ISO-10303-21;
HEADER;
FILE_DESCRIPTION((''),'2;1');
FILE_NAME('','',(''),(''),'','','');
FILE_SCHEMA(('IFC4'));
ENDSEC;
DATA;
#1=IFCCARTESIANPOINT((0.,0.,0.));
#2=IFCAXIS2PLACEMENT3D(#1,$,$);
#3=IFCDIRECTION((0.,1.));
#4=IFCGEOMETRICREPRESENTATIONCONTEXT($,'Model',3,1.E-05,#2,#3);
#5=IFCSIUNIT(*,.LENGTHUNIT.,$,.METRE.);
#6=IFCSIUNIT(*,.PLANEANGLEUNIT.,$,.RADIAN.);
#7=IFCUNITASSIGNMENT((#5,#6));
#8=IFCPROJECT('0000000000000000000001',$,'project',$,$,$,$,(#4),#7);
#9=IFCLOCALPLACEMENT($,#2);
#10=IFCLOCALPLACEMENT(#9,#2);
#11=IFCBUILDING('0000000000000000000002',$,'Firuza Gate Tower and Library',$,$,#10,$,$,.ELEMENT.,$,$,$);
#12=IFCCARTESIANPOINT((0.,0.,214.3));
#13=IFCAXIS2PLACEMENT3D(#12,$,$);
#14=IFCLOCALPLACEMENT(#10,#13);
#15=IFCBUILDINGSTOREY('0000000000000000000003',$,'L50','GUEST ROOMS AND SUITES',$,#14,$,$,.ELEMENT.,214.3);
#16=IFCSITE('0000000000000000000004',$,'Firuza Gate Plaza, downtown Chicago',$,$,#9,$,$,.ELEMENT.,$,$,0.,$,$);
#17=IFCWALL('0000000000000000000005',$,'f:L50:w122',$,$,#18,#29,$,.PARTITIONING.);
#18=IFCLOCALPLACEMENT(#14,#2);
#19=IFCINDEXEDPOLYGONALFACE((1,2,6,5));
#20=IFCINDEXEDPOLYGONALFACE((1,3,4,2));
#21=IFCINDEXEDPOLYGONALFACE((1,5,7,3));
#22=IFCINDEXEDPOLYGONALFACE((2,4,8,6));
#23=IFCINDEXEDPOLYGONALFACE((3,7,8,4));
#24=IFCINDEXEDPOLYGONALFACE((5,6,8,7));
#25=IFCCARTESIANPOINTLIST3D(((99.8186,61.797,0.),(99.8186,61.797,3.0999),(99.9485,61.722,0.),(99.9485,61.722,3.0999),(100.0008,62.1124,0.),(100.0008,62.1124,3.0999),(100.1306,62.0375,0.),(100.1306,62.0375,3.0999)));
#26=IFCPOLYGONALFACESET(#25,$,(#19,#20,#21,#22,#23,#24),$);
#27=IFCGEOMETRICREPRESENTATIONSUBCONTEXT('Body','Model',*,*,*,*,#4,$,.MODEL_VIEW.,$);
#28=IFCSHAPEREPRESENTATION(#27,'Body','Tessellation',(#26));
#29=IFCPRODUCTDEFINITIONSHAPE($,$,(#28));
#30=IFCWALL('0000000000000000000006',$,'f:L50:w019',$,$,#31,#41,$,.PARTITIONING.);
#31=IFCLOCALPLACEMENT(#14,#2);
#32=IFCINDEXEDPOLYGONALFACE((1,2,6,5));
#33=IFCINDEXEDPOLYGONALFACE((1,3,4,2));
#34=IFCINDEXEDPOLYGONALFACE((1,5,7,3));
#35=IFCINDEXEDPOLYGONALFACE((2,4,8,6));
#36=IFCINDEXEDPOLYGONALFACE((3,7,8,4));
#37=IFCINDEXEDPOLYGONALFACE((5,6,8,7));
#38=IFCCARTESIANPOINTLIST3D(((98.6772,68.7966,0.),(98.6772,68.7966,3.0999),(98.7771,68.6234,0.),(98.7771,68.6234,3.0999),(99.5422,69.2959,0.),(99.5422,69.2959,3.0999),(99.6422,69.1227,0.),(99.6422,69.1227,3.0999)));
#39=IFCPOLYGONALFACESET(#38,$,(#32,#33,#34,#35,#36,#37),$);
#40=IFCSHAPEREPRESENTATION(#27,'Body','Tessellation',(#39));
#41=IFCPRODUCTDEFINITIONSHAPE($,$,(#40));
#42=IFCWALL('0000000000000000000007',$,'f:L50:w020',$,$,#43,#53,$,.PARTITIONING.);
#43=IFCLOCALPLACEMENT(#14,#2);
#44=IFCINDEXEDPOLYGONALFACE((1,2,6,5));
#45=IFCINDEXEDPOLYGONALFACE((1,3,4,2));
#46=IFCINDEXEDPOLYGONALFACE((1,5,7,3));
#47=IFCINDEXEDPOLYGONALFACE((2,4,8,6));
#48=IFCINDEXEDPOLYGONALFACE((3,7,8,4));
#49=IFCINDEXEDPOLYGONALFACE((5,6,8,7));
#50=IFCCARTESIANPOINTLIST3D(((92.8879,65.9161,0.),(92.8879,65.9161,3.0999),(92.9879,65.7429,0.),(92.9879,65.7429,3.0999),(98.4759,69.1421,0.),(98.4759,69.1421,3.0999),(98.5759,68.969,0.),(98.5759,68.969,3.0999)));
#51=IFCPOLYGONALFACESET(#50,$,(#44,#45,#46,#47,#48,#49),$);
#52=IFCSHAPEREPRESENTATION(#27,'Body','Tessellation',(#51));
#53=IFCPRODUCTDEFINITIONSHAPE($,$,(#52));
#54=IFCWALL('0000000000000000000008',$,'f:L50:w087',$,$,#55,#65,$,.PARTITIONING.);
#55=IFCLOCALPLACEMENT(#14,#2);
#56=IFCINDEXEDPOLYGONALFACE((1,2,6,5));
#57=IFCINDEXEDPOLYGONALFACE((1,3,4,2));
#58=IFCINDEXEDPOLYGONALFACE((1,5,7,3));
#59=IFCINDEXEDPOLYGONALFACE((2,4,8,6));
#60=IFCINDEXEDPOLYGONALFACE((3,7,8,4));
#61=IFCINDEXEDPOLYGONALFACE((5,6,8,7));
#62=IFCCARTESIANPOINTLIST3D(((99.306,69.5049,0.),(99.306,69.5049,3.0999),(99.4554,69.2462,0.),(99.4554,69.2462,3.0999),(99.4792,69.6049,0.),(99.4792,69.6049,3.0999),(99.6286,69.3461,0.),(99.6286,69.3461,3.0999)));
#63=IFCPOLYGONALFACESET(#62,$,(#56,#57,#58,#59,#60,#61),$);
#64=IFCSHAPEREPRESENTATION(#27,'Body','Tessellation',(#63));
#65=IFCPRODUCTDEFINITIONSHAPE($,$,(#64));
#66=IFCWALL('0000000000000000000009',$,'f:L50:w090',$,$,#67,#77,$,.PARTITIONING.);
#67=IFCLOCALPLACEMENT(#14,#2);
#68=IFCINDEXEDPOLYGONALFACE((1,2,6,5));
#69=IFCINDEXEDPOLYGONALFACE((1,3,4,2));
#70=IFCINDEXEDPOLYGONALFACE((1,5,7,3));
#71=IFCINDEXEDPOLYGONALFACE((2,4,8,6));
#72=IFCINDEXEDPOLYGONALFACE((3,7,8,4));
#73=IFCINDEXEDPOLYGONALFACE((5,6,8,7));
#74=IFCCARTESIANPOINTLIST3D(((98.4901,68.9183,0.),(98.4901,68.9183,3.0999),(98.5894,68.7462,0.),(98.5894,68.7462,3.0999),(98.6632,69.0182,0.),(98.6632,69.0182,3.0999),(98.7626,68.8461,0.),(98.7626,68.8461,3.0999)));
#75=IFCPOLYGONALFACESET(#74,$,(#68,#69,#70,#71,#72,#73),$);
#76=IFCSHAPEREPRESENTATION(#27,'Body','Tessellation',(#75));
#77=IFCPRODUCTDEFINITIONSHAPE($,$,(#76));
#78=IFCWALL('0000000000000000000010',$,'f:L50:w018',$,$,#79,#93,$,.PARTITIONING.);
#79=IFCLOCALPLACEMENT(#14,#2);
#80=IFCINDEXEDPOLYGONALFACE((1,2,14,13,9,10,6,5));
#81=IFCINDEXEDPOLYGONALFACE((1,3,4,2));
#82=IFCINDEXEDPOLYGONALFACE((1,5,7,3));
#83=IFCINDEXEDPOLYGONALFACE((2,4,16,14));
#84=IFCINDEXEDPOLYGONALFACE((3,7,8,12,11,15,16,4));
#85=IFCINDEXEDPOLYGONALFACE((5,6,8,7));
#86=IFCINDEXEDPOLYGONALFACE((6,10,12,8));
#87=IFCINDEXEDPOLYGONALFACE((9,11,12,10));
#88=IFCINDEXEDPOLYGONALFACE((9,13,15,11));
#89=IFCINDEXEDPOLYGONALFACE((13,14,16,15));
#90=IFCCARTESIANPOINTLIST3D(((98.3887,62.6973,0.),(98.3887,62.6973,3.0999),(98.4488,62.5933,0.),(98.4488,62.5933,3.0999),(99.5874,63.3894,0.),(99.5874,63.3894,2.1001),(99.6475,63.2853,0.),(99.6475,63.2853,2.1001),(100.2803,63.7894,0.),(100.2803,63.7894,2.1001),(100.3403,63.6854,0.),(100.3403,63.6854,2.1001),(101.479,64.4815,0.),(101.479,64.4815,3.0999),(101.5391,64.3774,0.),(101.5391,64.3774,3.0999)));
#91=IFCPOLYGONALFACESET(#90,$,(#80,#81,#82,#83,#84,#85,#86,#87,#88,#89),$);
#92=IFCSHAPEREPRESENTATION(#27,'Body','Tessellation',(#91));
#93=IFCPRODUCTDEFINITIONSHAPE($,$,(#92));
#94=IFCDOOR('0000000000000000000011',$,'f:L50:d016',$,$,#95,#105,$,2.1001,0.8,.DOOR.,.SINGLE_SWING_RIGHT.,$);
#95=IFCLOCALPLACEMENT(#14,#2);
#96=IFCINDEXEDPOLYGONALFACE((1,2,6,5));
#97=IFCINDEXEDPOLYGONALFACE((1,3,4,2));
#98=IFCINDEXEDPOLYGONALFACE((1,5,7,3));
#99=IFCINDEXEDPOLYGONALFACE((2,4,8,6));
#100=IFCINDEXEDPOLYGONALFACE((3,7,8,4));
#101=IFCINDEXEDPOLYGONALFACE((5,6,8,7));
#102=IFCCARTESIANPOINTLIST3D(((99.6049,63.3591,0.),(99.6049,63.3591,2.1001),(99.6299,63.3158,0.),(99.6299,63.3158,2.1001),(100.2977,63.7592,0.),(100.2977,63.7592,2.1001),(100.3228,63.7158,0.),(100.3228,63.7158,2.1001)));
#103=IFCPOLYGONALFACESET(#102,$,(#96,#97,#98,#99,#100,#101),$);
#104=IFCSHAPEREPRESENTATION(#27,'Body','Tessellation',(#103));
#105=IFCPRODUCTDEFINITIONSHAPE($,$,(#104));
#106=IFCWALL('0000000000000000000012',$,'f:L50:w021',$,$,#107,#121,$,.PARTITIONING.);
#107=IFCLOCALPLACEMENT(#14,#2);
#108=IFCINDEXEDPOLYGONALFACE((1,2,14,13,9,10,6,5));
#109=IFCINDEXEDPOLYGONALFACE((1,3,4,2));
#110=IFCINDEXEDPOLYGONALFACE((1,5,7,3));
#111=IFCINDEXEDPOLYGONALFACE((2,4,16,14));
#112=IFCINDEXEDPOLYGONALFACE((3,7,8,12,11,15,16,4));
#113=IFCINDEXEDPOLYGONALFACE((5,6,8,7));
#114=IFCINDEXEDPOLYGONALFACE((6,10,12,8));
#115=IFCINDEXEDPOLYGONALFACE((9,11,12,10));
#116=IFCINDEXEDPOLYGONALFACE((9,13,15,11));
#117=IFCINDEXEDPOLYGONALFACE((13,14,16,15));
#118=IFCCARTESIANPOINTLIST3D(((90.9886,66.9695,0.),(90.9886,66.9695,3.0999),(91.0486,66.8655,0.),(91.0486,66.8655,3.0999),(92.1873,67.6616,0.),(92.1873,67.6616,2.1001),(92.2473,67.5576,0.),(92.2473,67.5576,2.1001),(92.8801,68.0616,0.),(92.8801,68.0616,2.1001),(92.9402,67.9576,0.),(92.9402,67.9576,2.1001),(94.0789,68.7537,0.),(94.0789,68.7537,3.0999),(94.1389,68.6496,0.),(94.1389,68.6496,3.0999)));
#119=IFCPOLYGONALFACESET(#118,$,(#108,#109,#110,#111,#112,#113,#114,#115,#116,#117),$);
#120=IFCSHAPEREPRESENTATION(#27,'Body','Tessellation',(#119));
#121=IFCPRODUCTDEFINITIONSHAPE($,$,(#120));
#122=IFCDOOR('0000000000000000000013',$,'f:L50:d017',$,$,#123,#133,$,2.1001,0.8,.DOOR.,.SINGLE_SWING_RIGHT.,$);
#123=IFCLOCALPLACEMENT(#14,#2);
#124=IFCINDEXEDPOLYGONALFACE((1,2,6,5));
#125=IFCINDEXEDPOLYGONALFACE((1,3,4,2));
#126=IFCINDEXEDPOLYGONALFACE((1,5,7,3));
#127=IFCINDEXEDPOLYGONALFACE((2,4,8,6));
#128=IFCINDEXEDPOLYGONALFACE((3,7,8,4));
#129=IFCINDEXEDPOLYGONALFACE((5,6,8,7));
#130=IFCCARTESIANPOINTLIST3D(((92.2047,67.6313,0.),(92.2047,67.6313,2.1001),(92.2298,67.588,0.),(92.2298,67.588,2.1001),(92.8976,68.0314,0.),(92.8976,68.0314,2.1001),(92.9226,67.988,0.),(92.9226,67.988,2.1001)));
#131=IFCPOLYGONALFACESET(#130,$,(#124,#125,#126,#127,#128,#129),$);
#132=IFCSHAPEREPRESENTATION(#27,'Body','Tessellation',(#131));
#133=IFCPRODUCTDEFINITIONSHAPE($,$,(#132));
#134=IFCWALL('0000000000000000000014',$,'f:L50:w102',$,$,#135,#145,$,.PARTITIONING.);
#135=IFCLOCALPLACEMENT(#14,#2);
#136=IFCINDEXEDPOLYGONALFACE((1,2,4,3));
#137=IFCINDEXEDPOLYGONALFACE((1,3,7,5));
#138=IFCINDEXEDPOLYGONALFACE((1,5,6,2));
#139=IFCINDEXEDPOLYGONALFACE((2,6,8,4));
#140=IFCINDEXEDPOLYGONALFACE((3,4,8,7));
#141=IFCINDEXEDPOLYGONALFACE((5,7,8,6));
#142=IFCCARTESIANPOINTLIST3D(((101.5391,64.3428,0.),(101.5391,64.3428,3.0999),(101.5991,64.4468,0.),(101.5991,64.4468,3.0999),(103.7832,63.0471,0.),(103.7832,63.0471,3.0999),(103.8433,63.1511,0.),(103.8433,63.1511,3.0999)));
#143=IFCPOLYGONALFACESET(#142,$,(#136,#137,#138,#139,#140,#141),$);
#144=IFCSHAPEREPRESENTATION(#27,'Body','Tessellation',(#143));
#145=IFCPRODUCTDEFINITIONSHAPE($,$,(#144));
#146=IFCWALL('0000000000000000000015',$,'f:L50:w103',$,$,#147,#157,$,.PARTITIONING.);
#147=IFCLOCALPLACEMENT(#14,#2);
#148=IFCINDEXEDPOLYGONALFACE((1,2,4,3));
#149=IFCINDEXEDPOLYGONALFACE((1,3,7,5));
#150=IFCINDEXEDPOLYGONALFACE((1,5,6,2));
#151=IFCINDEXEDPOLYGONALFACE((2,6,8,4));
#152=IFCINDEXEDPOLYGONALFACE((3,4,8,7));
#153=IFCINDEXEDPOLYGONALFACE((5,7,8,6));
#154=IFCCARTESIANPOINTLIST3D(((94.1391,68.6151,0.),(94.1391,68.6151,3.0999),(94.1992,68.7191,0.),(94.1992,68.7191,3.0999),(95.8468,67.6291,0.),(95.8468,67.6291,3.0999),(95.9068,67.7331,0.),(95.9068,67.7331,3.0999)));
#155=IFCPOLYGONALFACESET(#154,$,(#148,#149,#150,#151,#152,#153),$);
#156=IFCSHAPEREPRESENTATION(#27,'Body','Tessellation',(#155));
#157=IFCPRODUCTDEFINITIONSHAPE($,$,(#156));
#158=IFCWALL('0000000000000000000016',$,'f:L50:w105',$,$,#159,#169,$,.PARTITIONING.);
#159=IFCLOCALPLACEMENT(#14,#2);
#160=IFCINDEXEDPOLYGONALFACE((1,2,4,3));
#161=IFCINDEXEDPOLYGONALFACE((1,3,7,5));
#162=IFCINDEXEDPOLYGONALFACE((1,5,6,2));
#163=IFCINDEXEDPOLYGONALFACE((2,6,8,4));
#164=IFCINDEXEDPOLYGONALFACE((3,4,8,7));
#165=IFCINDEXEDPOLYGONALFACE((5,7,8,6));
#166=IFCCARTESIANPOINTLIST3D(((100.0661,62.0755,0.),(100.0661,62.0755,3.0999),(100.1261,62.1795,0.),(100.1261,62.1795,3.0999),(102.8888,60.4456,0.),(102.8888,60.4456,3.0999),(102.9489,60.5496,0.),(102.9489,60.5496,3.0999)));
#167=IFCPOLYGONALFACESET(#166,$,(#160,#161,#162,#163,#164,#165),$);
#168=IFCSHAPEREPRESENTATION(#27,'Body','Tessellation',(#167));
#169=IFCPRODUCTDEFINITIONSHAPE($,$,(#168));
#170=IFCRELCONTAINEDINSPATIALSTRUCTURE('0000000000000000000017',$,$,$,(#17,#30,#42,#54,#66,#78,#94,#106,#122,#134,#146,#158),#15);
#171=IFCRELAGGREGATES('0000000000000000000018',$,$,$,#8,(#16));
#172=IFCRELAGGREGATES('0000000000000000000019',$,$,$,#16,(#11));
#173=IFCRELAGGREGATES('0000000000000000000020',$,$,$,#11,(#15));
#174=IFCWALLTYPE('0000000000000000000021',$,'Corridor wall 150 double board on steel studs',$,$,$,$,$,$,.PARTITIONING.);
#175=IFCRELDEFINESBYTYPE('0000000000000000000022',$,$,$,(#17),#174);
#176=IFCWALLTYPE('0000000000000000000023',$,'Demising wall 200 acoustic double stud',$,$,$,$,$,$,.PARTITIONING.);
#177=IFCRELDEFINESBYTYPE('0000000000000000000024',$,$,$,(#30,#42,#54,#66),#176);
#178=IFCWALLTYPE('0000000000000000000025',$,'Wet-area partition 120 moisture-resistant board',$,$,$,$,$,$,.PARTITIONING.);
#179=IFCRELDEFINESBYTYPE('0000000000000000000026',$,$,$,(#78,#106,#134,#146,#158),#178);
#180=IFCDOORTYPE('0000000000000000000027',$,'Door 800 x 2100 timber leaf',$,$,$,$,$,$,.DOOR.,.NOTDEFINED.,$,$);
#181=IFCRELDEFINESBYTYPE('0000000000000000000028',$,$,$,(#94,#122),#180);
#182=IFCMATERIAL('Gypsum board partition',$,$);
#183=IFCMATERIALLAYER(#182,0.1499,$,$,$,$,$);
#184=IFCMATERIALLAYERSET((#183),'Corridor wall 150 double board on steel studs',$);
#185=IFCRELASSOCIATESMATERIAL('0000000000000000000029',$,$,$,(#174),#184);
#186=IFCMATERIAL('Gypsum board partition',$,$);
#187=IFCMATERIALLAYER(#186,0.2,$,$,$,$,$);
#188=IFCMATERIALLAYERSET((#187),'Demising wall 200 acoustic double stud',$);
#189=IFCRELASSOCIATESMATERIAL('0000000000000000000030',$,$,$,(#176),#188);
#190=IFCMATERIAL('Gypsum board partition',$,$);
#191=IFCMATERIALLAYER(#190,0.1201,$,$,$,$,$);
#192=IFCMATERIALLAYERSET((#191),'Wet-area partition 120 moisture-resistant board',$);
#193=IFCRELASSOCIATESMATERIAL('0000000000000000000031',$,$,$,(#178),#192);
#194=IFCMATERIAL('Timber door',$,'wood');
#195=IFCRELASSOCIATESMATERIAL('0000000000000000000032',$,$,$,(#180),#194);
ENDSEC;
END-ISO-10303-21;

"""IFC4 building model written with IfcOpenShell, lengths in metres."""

from ifc_helpers import new_model, si_unit, direction, frame, frame_2d, origin, place, context, subcontext, project, spatial, rectangle, extrude, material, layer, layer_set, type_object, element, fill, save


model = new_model("IFC4")

# Units and contexts
model_context = context("Model", 3, precision=1e-05, world=origin(), true_north=direction((0.0, 1.0)))
body_context = subcontext(model_context, "Body", "Model", "MODEL_VIEW")
ifc_project = project(units=[si_unit("LENGTHUNIT", "METRE"), si_unit("PLANEANGLEUNIT", "RADIAN")], contexts=[model_context])

# Site, building, storey
site_placement = place(None, origin())
site = spatial("IfcSite", under=ifc_project, at=site_placement, Name="Firuza Gate Plaza, downtown Chicago", CompositionType="ELEMENT", RefElevation=0.0)
building_placement = place(site_placement, origin())
building = spatial("IfcBuilding", under=site, at=building_placement, Name="Firuza Gate Tower and Library", CompositionType="ELEMENT")
storey_placement = place(building_placement, frame((0.0, 0.0, 214.3)))
storey = spatial("IfcBuildingStorey", under=building, at=storey_placement, Name="L50", Description="GUEST ROOMS AND SUITES", CompositionType="ELEMENT", Elevation=214.3)

# Walls
ifc_material_1 = material(Name="Gypsum board partition")
ifc_layer_1 = layer(ifc_material_1, 0.1499)
ifc_layer_set_1 = layer_set([ifc_layer_1], Name="Corridor wall 150 double board on steel studs")
wall_type_1 = type_object("IfcWallType", Name="Corridor wall 150 double board on steel studs", PredefinedType="PARTITIONING", material=ifc_layer_set_1)
wall_1_placement = place(storey_placement, frame((99.8835, 61.7595, 0.0), z_axis=(0.0, 0.0, 1.0), x_axis=(0.500032, 0.866007, 0.0)))
element("IfcWall", 1, at=wall_1_placement, inside=storey, type_object=wall_type_1, Name="f:L50:w122", PredefinedType="PARTITIONING", context=body_context, shape_type="SweptSolid", body=[
    extrude(rectangle(XDim=0.3643, YDim=0.1499, at=frame_2d((0.1821, 0.0))), origin(), (0.0, 0.0, 1.0), 3.0999),
])
ifc_material_2 = material(Name="Gypsum board partition")
ifc_layer_2 = layer(ifc_material_2, 0.2)
ifc_layer_set_2 = layer_set([ifc_layer_2], Name="Demising wall 200 acoustic double stud")
wall_type_2 = type_object("IfcWallType", Name="Demising wall 200 acoustic double stud", PredefinedType="PARTITIONING", material=ifc_layer_set_2)
wall_2_placement = place(storey_placement, frame((98.7271, 68.71, 0.0), z_axis=(0.0, 0.0, 1.0), x_axis=(0.866084, 0.499899, 0.0)))
element("IfcWall", 2, at=wall_2_placement, inside=storey, type_object=wall_type_2, Name="f:L50:w019", PredefinedType="PARTITIONING", context=body_context, shape_type="SweptSolid", body=[
    extrude(rectangle(XDim=0.9988, YDim=0.2, at=frame_2d((0.4995, 0.0))), origin(), (0.0, 0.0, 1.0), 3.0999),
])
wall_3_placement = place(storey_placement, frame((92.938, 65.8296, 0.0), z_axis=(0.0, 0.0, 1.0), x_axis=(0.866041, 0.499972, 0.0)))
element("IfcWall", 3, at=wall_3_placement, inside=storey, type_object=wall_type_2, Name="f:L50:w020", PredefinedType="PARTITIONING", context=body_context, shape_type="SweptSolid", body=[
    extrude(rectangle(XDim=6.4524, YDim=0.2, at=frame_2d((3.2261, 0.0))), origin(), (0.0, 0.0, 1.0), 3.0999),
])
wall_4_placement = place(storey_placement, frame((99.542, 69.2961, 0.0), z_axis=(0.0, 0.0, 1.0), x_axis=(-0.500005, 0.866022, 0.0)))
element("IfcWall", 4, at=wall_4_placement, inside=storey, type_object=wall_type_2, Name="f:L50:w087", PredefinedType="PARTITIONING", context=body_context, shape_type="SweptSolid", body=[
    extrude(rectangle(XDim=0.2988, YDim=0.2, at=frame_2d((0.1494, 0.0))), origin(), (0.0, 0.0, 1.0), 3.0999),
])
wall_5_placement = place(storey_placement, frame((98.676, 68.7961, 0.0), z_axis=(0.0, 0.0, 1.0), x_axis=(-0.499971, 0.866042, 0.0)))
element("IfcWall", 5, at=wall_5_placement, inside=storey, type_object=wall_type_2, Name="f:L50:w090", PredefinedType="PARTITIONING", context=body_context, shape_type="SweptSolid", body=[
    extrude(rectangle(XDim=0.1987, YDim=0.2, at=frame_2d((0.0994, 0.0))), origin(), (0.0, 0.0, 1.0), 3.0999),
])

# Walls, openings, doors
ifc_material_3 = material(Name="Gypsum board partition")
ifc_layer_3 = layer(ifc_material_3, 0.1201)
ifc_layer_set_3 = layer_set([ifc_layer_3], Name="Wet-area partition 120 moisture-resistant board")
wall_type_3 = type_object("IfcWallType", Name="Wet-area partition 120 moisture-resistant board", PredefinedType="PARTITIONING", material=ifc_layer_set_3)
wall_6_placement = place(storey_placement, frame((101.509, 64.4294, 0.0), z_axis=(0.0, 0.0, 1.0), x_axis=(-0.866028, -0.499995, 0.0)))
wall_6 = element("IfcWall", 6, at=wall_6_placement, inside=storey, type_object=wall_type_3, Name="f:L50:w018", PredefinedType="PARTITIONING", context=body_context, shape_type="SweptSolid", body=[
    extrude(rectangle(XDim=3.5684, YDim=0.1201, at=frame_2d((1.7842, 0.0))), origin(), (0.0, 0.0, 1.0), 3.0999),
])
opening_1_placement = place(wall_6_placement, frame((1.3843, 0.0, 0.0)))
opening_1 = element("IfcOpeningElement", 7, at=opening_1_placement, cuts=wall_6, PredefinedType="OPENING", context=body_context, shape_type="SweptSolid", body=[
    extrude(rectangle(XDim=0.8, YDim=2.1001, at=frame_2d((0.3999, 1.05))), frame((0.0, 0.0701, 0.0), z_axis=(0.0, -1.0, 0.0), x_axis=(1.0, 0.0, 0.0)), (0.0, 0.0, 1.0), 0.1401),
])
ifc_material_4 = material(Name="Timber door", Category="wood")
door_type = type_object("IfcDoorType", Name="Door 800 x 2100 timber leaf", OperationType="NOTDEFINED", PredefinedType="DOOR", material=ifc_material_4)
door_1_placement = place(opening_1_placement, origin())
door_1 = element("IfcDoor", 8, at=door_1_placement, inside=storey, type_object=door_type, Name="f:L50:d016", OperationType="SINGLE_SWING_RIGHT", OverallHeight=2.1001, OverallWidth=0.8, PredefinedType="DOOR", context=body_context, shape_type="SweptSolid", body=[
    extrude(rectangle(XDim=0.8, YDim=2.1001, at=frame_2d((0.3999, 1.05))), frame((0.0, 0.0249, 0.0), z_axis=(0.0, -1.0, 0.0), x_axis=(1.0, 0.0, 0.0)), (0.0, 0.0, 1.0), 0.05),
])
fill(opening_1, door_1)
wall_7_placement = place(storey_placement, frame((94.1089, 68.7017, 0.0), z_axis=(0.0, 0.0, 1.0), x_axis=(-0.866028, -0.499995, 0.0)))
wall_7 = element("IfcWall", 9, at=wall_7_placement, inside=storey, type_object=wall_type_3, Name="f:L50:w021", PredefinedType="PARTITIONING", context=body_context, shape_type="SweptSolid", body=[
    extrude(rectangle(XDim=3.5684, YDim=0.1201, at=frame_2d((1.7842, 0.0))), origin(), (0.0, 0.0, 1.0), 3.0999),
])
opening_2_placement = place(wall_7_placement, frame((1.3843, 0.0, 0.0)))
opening_2 = element("IfcOpeningElement", 10, at=opening_2_placement, cuts=wall_7, PredefinedType="OPENING", context=body_context, shape_type="SweptSolid", body=[
    extrude(rectangle(XDim=0.8, YDim=2.1001, at=frame_2d((0.3999, 1.05))), frame((0.0, 0.0701, 0.0), z_axis=(0.0, -1.0, 0.0), x_axis=(1.0, 0.0, 0.0)), (0.0, 0.0, 1.0), 0.1401),
])
door_2_placement = place(opening_2_placement, origin())
door_2 = element("IfcDoor", 11, at=door_2_placement, inside=storey, type_object=door_type, Name="f:L50:d017", OperationType="SINGLE_SWING_RIGHT", OverallHeight=2.1001, OverallWidth=0.8, PredefinedType="DOOR", context=body_context, shape_type="SweptSolid", body=[
    extrude(rectangle(XDim=0.8, YDim=2.1001, at=frame_2d((0.3999, 1.05))), frame((0.0, 0.0249, 0.0), z_axis=(0.0, -1.0, 0.0), x_axis=(1.0, 0.0, 0.0)), (0.0, 0.0, 1.0), 0.05),
])
fill(opening_2, door_2)

# Walls
wall_8_placement = place(storey_placement, frame((103.8132, 63.0991, 0.0), z_axis=(0.0, 0.0, 1.0), x_axis=(-0.866026, 0.5, 0.0)))
element("IfcWall", 12, at=wall_8_placement, inside=storey, type_object=wall_type_3, Name="f:L50:w102", PredefinedType="PARTITIONING", context=body_context, shape_type="SweptSolid", body=[
    extrude(rectangle(XDim=2.5913, YDim=0.1201, at=frame_2d((1.2957, 0.0))), origin(), (0.0, 0.0, 1.0), 3.0999),
])
wall_9_placement = place(storey_placement, frame((95.8767, 67.6812, 0.0), z_axis=(0.0, 0.0, 1.0), x_axis=(-0.866002, 0.50004, 0.0)))
element("IfcWall", 13, at=wall_9_placement, inside=storey, type_object=wall_type_3, Name="f:L50:w103", PredefinedType="PARTITIONING", context=body_context, shape_type="SweptSolid", body=[
    extrude(rectangle(XDim=1.9719, YDim=0.1201, at=frame_2d((0.9858, 0.0))), origin(), (0.0, 0.0, 1.0), 3.0999),
])
wall_10_placement = place(storey_placement, frame((102.9189, 60.4976, 0.0), z_axis=(0.0, 0.0, 1.0), x_axis=(-0.866003, 0.500038, 0.0)))
element("IfcWall", 14, at=wall_10_placement, inside=storey, type_object=wall_type_3, Name="f:L50:w105", PredefinedType="PARTITIONING", context=body_context, shape_type="SweptSolid", body=[
    extrude(rectangle(XDim=3.2595, YDim=0.1201, at=frame_2d((1.6299, 0.0))), origin(), (0.0, 0.0, 1.0), 3.0999),
])

save(model, "model.ifc")
